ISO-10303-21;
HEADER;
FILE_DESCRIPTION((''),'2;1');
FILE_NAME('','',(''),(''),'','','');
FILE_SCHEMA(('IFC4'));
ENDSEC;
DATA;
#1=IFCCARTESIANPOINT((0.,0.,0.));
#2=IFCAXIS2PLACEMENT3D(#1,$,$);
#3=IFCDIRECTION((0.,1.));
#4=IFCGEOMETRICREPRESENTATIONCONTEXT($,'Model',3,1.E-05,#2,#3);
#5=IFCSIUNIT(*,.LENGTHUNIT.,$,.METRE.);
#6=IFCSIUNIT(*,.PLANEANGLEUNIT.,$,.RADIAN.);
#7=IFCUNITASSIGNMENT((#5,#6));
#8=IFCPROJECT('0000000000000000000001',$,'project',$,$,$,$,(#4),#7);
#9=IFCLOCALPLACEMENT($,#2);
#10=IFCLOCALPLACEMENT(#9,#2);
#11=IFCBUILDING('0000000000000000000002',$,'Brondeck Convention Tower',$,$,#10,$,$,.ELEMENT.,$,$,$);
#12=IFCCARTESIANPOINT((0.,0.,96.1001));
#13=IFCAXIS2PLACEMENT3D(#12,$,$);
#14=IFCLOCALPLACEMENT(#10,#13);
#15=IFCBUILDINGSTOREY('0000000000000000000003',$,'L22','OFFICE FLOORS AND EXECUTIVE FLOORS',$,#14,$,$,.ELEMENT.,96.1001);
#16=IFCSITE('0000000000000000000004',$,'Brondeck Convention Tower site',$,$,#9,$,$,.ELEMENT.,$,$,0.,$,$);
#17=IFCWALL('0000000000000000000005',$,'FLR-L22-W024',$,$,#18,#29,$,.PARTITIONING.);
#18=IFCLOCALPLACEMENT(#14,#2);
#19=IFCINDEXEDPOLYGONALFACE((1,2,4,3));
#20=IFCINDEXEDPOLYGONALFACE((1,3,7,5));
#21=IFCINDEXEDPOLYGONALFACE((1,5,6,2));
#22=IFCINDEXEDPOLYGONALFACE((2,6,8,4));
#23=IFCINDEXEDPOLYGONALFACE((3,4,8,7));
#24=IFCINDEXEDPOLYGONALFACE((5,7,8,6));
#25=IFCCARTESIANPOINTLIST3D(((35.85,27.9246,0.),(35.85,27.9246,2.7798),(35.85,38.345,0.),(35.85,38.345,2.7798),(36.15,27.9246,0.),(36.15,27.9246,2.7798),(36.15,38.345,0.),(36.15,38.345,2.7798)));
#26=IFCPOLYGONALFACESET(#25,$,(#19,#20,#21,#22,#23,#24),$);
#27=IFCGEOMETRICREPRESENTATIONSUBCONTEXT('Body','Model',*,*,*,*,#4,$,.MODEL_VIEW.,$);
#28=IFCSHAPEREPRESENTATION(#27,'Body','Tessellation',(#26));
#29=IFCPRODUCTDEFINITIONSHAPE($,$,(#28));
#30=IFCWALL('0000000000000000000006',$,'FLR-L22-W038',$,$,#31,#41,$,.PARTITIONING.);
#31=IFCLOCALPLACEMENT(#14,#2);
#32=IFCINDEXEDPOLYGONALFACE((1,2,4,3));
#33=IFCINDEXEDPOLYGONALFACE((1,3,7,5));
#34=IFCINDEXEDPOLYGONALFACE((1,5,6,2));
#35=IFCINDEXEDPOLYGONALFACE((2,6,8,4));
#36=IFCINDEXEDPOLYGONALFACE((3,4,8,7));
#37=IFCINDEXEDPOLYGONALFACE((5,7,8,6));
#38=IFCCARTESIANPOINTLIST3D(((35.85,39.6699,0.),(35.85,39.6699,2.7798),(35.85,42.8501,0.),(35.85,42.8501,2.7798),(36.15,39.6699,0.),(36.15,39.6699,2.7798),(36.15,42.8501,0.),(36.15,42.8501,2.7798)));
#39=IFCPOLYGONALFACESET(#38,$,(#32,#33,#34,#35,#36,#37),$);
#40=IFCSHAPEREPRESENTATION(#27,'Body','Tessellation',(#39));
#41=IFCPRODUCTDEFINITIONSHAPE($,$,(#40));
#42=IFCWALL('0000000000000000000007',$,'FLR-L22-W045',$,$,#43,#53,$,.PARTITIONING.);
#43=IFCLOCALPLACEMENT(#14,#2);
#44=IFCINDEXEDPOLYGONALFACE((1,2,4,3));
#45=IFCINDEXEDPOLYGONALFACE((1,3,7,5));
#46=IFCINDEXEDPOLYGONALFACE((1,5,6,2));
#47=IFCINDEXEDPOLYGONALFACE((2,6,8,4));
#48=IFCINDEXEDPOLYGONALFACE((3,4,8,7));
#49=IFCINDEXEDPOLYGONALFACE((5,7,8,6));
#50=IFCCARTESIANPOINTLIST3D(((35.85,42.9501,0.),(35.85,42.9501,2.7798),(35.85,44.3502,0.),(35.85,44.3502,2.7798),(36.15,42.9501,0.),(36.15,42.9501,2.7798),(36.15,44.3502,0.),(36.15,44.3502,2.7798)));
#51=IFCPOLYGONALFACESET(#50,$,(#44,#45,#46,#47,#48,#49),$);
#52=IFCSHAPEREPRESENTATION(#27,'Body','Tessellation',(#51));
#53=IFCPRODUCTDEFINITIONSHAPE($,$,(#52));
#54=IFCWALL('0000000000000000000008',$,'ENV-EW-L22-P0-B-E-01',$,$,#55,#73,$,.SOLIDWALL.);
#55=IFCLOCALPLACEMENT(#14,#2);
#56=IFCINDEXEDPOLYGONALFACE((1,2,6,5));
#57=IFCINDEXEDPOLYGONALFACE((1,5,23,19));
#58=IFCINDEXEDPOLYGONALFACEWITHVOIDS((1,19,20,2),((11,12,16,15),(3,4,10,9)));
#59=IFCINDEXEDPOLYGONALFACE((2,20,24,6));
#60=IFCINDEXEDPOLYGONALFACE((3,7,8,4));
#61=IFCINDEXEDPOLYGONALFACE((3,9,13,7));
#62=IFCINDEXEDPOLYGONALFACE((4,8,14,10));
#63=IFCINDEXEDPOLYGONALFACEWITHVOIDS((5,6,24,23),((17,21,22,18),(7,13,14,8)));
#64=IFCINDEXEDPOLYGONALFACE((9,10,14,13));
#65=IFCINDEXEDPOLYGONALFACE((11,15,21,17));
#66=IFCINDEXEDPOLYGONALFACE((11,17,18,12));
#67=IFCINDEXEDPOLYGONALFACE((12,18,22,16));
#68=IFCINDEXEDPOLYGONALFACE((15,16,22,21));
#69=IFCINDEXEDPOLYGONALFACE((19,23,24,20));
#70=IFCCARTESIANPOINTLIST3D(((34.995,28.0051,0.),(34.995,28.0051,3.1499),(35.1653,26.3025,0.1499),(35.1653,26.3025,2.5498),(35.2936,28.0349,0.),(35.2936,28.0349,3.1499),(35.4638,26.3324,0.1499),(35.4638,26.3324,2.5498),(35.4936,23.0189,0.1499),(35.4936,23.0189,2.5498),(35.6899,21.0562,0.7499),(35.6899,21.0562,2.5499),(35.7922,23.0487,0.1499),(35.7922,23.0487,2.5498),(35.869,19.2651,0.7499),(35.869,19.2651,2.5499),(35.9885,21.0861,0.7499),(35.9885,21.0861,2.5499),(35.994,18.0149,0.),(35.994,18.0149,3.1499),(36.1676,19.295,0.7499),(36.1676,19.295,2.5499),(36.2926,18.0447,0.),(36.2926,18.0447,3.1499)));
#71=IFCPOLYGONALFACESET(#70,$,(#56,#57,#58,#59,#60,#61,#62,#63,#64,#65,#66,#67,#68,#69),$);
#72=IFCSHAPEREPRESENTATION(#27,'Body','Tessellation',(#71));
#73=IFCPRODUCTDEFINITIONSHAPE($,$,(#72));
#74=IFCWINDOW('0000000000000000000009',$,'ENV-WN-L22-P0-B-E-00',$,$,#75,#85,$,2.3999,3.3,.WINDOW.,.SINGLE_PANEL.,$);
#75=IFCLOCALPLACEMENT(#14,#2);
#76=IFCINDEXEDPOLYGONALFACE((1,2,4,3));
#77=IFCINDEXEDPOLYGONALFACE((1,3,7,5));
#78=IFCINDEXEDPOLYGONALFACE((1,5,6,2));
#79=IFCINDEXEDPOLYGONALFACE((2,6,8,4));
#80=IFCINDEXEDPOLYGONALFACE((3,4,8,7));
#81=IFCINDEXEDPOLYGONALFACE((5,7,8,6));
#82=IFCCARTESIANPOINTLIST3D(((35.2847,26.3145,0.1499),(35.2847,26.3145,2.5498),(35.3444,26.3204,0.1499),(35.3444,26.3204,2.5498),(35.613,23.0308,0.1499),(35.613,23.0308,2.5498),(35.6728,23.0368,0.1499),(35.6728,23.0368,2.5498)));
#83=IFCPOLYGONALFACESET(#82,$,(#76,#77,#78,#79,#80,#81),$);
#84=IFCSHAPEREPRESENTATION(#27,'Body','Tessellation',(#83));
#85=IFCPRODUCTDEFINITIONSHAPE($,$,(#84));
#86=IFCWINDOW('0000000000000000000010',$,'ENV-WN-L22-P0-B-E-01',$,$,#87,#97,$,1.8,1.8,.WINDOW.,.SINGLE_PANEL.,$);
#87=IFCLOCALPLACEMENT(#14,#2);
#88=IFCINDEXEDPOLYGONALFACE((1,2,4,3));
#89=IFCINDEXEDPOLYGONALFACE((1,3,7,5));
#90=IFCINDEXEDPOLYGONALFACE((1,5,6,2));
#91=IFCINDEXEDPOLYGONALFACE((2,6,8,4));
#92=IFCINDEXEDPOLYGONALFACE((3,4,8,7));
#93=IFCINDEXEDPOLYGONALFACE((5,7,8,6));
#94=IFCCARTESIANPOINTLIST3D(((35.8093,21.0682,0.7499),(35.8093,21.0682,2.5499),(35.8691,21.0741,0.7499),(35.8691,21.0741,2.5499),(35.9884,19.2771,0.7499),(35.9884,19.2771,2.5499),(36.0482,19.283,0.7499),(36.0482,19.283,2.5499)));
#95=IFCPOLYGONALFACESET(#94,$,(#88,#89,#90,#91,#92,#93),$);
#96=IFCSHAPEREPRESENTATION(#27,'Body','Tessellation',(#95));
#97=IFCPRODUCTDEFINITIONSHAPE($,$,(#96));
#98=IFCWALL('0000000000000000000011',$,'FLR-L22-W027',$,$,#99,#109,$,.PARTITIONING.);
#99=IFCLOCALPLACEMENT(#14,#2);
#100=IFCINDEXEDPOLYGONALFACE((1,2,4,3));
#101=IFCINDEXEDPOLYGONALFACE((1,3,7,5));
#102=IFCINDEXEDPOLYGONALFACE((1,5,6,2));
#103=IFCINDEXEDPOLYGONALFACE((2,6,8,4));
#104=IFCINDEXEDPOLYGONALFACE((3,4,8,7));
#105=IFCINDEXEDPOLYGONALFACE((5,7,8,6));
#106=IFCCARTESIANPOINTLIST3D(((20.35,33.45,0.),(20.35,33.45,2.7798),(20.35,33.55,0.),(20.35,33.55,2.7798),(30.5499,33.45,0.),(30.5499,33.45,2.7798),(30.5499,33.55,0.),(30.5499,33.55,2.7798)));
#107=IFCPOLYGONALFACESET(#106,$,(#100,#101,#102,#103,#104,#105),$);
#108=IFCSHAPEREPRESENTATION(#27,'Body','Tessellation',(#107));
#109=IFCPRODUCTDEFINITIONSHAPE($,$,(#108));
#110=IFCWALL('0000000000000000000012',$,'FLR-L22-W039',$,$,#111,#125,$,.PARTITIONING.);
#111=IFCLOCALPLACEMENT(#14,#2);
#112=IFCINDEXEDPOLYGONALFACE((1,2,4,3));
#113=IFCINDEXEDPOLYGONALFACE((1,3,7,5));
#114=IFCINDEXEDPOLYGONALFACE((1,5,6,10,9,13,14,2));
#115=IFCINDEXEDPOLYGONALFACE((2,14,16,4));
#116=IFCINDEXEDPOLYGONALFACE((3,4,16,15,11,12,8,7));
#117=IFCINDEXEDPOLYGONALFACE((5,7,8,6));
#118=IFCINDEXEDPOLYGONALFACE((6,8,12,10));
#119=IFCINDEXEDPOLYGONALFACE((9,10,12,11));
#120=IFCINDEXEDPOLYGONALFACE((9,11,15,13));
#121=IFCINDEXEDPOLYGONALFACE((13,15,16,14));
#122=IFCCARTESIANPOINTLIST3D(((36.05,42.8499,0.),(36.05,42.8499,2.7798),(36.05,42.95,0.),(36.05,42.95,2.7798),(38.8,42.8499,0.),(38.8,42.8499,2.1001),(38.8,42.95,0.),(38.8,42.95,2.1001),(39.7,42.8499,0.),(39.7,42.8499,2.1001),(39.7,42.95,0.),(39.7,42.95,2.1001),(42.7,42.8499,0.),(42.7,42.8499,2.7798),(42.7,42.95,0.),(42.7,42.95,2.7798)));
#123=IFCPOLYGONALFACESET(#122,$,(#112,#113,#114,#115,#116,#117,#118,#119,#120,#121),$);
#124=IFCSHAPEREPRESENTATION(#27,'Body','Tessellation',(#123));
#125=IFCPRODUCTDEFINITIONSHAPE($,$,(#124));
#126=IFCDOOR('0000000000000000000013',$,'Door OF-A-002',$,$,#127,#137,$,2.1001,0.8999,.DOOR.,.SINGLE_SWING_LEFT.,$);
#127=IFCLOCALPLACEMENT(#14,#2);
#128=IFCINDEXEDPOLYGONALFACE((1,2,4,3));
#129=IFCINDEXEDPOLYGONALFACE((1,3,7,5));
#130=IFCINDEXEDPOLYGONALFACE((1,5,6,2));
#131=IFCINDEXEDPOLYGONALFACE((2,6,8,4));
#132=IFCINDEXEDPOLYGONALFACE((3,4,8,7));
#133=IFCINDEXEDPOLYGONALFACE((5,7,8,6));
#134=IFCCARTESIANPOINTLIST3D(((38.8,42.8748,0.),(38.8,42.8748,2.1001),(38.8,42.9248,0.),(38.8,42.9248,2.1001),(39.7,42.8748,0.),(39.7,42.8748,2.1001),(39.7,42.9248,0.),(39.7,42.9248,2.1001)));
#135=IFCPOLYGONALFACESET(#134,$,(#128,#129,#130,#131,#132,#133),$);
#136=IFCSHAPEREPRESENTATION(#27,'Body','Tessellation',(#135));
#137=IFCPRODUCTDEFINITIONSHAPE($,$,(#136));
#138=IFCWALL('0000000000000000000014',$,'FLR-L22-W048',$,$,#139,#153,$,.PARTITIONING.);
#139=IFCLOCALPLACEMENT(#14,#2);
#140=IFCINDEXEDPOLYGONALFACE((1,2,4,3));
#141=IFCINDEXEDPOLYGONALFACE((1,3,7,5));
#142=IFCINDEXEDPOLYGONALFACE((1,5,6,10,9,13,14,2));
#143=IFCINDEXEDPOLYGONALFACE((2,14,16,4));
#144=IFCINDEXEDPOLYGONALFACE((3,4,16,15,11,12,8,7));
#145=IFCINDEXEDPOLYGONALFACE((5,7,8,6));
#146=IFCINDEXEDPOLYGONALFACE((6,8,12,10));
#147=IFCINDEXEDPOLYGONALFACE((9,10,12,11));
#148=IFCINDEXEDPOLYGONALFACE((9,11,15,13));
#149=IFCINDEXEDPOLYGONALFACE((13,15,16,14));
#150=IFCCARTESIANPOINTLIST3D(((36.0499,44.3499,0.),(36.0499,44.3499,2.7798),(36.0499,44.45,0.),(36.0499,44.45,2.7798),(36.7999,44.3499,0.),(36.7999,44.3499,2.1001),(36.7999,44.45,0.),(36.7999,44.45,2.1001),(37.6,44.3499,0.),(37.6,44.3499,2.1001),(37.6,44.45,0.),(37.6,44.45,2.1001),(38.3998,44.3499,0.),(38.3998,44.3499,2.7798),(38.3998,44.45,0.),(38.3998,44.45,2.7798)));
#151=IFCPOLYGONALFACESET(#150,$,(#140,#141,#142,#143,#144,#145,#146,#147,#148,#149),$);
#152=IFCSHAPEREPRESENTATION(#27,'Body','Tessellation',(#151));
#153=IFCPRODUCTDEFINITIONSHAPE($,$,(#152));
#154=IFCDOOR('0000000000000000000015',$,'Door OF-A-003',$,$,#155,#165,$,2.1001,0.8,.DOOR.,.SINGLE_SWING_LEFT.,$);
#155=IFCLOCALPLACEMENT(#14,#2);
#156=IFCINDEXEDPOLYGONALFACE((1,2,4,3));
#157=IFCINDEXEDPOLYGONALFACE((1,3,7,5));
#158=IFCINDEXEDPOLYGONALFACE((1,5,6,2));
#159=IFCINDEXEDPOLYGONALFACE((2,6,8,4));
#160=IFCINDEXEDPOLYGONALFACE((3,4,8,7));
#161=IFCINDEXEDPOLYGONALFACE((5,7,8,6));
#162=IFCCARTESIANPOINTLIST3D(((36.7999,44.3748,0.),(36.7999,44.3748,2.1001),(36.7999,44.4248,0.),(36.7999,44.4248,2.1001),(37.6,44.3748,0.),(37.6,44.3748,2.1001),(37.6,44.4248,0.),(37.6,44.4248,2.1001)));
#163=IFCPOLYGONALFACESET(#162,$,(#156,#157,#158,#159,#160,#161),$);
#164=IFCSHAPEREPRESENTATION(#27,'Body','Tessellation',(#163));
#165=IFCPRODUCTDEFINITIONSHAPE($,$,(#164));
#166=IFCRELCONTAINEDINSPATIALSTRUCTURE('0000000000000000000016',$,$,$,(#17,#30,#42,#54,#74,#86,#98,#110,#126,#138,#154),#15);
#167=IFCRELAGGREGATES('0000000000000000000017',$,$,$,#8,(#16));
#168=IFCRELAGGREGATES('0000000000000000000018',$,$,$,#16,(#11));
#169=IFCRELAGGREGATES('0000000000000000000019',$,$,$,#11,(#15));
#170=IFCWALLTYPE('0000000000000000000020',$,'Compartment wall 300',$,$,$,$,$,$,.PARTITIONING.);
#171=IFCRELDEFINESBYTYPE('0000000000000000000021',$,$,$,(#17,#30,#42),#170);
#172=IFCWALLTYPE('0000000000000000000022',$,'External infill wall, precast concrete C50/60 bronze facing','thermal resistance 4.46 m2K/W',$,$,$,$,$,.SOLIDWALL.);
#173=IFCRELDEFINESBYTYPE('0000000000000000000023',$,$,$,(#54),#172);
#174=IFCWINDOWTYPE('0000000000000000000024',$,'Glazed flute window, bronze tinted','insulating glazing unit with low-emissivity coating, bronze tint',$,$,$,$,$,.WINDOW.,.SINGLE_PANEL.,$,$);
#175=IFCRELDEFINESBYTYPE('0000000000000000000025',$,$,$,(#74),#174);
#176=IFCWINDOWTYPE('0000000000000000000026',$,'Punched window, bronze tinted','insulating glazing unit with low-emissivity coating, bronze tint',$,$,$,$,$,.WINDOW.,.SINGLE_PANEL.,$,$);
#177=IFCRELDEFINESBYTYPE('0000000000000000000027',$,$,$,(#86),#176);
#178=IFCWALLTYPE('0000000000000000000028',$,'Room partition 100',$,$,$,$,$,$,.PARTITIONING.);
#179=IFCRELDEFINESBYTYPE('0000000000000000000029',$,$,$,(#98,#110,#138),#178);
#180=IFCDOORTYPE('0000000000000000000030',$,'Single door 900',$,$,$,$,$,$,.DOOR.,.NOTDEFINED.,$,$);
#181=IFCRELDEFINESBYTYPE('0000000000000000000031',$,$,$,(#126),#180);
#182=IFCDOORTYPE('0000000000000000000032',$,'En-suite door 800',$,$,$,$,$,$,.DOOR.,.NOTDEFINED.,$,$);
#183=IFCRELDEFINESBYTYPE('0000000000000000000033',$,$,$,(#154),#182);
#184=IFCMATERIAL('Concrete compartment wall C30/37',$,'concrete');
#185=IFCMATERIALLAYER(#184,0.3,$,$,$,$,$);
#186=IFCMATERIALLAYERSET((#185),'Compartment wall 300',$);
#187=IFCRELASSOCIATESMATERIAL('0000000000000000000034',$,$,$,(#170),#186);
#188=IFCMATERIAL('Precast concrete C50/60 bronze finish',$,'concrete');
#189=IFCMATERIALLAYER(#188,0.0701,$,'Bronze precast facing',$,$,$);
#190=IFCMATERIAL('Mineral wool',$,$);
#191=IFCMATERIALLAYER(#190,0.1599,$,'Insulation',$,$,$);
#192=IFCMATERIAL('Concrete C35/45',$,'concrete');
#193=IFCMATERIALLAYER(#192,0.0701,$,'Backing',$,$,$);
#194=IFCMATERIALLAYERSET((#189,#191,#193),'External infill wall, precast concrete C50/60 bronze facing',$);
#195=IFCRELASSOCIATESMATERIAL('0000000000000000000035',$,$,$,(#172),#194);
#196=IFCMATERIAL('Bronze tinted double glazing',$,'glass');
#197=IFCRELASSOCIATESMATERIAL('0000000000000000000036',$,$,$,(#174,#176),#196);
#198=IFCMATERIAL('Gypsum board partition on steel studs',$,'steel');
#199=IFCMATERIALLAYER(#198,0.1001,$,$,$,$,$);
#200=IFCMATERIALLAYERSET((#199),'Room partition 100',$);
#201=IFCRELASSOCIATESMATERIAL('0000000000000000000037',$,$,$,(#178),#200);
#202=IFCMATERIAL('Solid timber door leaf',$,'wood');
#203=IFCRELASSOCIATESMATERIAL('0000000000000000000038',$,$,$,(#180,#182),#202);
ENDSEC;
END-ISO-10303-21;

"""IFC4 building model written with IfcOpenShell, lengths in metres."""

from ifc_helpers import new_model, si_unit, direction, frame, frame_2d, origin, place, context, subcontext, project, spatial, rectangle, extrude, material, layer, layer_set, type_object, element, fill, save


model = new_model("IFC4")

# Units and contexts
model_context = context("Model", 3, precision=1e-05, world=origin(), true_north=direction((0.0, 1.0)))
body_context = subcontext(model_context, "Body", "Model", "MODEL_VIEW")
ifc_project = project(units=[si_unit("LENGTHUNIT", "METRE"), si_unit("PLANEANGLEUNIT", "RADIAN")], contexts=[model_context])

# Site, building, storey
site_placement = place(None, origin())
site = spatial("IfcSite", under=ifc_project, at=site_placement, Name="Brondeck Convention Tower site", CompositionType="ELEMENT", RefElevation=0.0)
building_placement = place(site_placement, origin())
building = spatial("IfcBuilding", under=site, at=building_placement, Name="Brondeck Convention Tower", CompositionType="ELEMENT")
storey_placement = place(building_placement, frame((0.0, 0.0, 96.1001)))
storey = spatial("IfcBuildingStorey", under=building, at=storey_placement, Name="L22", Description="OFFICE FLOORS AND EXECUTIVE FLOORS", CompositionType="ELEMENT", Elevation=96.1001)

# Walls
ifc_material_1 = material(Name="Concrete compartment wall C30/37", Category="concrete")
ifc_layer_1 = layer(ifc_material_1, 0.3)
ifc_layer_set_1 = layer_set([ifc_layer_1], Name="Compartment wall 300")
wall_type_1 = type_object("IfcWallType", Name="Compartment wall 300", PredefinedType="PARTITIONING", material=ifc_layer_set_1)
for number, where, z_axis, x_axis, name in (
    (1, (36.0, 27.9246, 0.0), (0.0, 0.0, 1.0), (0.0, 1.0, 0.0), "FLR-L22-W024"),
):
    element("IfcWall", number, at=place(storey_placement, frame(where, z_axis=z_axis, x_axis=x_axis)), inside=storey, type_object=wall_type_1, Name=name, PredefinedType="PARTITIONING", context=body_context, shape_type="SweptSolid", body=[
        extrude(rectangle(XDim=10.4204, YDim=0.3, at=frame_2d((5.2102, 0.0))), origin(), (0.0, 0.0, 1.0), 2.7798),
    ])
wall_1_placement = place(storey_placement, frame((36.0, 39.6699, 0.0), z_axis=(0.0, 0.0, 1.0), x_axis=(0.0, 1.0, 0.0)))
element("IfcWall", 2, at=wall_1_placement, inside=storey, type_object=wall_type_1, Name="FLR-L22-W038", PredefinedType="PARTITIONING", context=body_context, shape_type="SweptSolid", body=[
    extrude(rectangle(XDim=3.1802, YDim=0.3, at=frame_2d((1.5901, 0.0))), origin(), (0.0, 0.0, 1.0), 2.7798),
])
wall_2_placement = place(storey_placement, frame((36.0, 42.95, 0.0), z_axis=(0.0, 0.0, 1.0), x_axis=(0.0, 1.0, 0.0)))
element("IfcWall", 3, at=wall_2_placement, inside=storey, type_object=wall_type_1, Name="FLR-L22-W045", PredefinedType="PARTITIONING", context=body_context, shape_type="SweptSolid", body=[
    extrude(rectangle(XDim=1.4001, YDim=0.3, at=frame_2d((0.7002, 0.0))), origin(), (0.0, 0.0, 1.0), 2.7798),
])

# Wall, openings, windows
ifc_material_2 = material(Name="Precast concrete C50/60 bronze finish", Category="concrete")
ifc_layer_2 = layer(ifc_material_2, 0.0701, Name="Bronze precast facing")
ifc_material_3 = material(Name="Mineral wool")
ifc_layer_3 = layer(ifc_material_3, 0.1599, Name="Insulation")
ifc_material_4 = material(Name="Concrete C35/45", Category="concrete")
ifc_layer_4 = layer(ifc_material_4, 0.0701, Name="Backing")
ifc_layer_set_2 = layer_set([ifc_layer_2, ifc_layer_3, ifc_layer_4], Name="External infill wall, precast concrete C50/60 bronze facing")
wall_type_2 = type_object("IfcWallType", Name="External infill wall, precast concrete C50/60 bronze facing", Description="thermal resistance 4.46 m2K/W", PredefinedType="SOLIDWALL", material=ifc_layer_set_2)
wall_3_placement = place(storey_placement, frame((35.1443, 28.02, 0.0), z_axis=(0.0, 0.0, 1.0), x_axis=(0.099504, -0.995037, 0.0)))
wall_3 = element("IfcWall", 4, at=wall_3_placement, inside=storey, type_object=wall_type_2, Name="ENV-EW-L22-P0-B-E-01", PredefinedType="SOLIDWALL", context=body_context, shape_type="SweptSolid", body=[
    extrude(rectangle(XDim=10.04, YDim=0.3, at=frame_2d((5.02, 0.0))), origin(), (0.0, 0.0, 1.0), 3.1499),
])
opening_1_placement = place(wall_3_placement, frame((1.7112, 0.0, 0.1499)))
opening_1 = element("IfcOpeningElement", 5, at=opening_1_placement, cuts=wall_3, PredefinedType="OPENING", context=body_context, shape_type="SweptSolid", body=[
    extrude(rectangle(XDim=3.3, YDim=2.3999, at=frame_2d((1.6499, 1.2))), frame((0.0, 0.1599, 0.0), z_axis=(0.0, -1.0, 0.0), x_axis=(1.0, 0.0, 0.0)), (0.0, 0.0, 1.0), 0.3201),
])
opening_2_placement = place(wall_3_placement, frame((6.9836, 0.0, 0.75)))
opening_2 = element("IfcOpeningElement", 6, at=opening_2_placement, cuts=wall_3, PredefinedType="OPENING", context=body_context, shape_type="SweptSolid", body=[
    extrude(rectangle(XDim=1.8, YDim=1.8, at=frame_2d((0.8999, 0.8999))), frame((0.0, 0.1599, 0.0), z_axis=(0.0, -1.0, 0.0), x_axis=(1.0, 0.0, 0.0)), (0.0, 0.0, 1.0), 0.3201),
])
ifc_material_5 = material(Name="Bronze tinted double glazing", Category="glass")
window_type_1 = type_object("IfcWindowType", Name="Glazed flute window, bronze tinted", Description="insulating glazing unit with low-emissivity coating, bronze tint", PartitioningType="SINGLE_PANEL", PredefinedType="WINDOW", material=ifc_material_5)
window_1_placement = place(opening_1_placement, origin())
window_1 = element("IfcWindow", 7, at=window_1_placement, inside=storey, type_object=window_type_1, Name="ENV-WN-L22-P0-B-E-00", OverallHeight=2.3999, OverallWidth=3.3, PartitioningType="SINGLE_PANEL", PredefinedType="WINDOW", context=body_context, shape_type="SweptSolid", body=[
    extrude(rectangle(XDim=3.3, YDim=2.3999, at=frame_2d((1.6499, 1.2))), frame((0.0, 0.03, 0.0), z_axis=(0.0, -1.0, 0.0), x_axis=(1.0, 0.0, 0.0)), (0.0, 0.0, 1.0), 0.0601),
])
fill(opening_1, window_1)
window_type_2 = type_object("IfcWindowType", Name="Punched window, bronze tinted", Description="insulating glazing unit with low-emissivity coating, bronze tint", PartitioningType="SINGLE_PANEL", PredefinedType="WINDOW", material=ifc_material_5)
window_2_placement = place(opening_2_placement, origin())
window_2 = element("IfcWindow", 8, at=window_2_placement, inside=storey, type_object=window_type_2, Name="ENV-WN-L22-P0-B-E-01", OverallHeight=1.8, OverallWidth=1.8, PartitioningType="SINGLE_PANEL", PredefinedType="WINDOW", context=body_context, shape_type="SweptSolid", body=[
    extrude(rectangle(XDim=1.8, YDim=1.8, at=frame_2d((0.8999, 0.8999))), frame((0.0, 0.03, 0.0), z_axis=(0.0, -1.0, 0.0), x_axis=(1.0, 0.0, 0.0)), (0.0, 0.0, 1.0), 0.0601),
])
fill(opening_2, window_2)

# Wall
ifc_material_6 = material(Name="Gypsum board partition on steel studs", Category="steel")
ifc_layer_5 = layer(ifc_material_6, 0.1001)
ifc_layer_set_3 = layer_set([ifc_layer_5], Name="Room partition 100")
wall_type_3 = type_object("IfcWallType", Name="Room partition 100", PredefinedType="PARTITIONING", material=ifc_layer_set_3)
wall_4_placement = place(storey_placement, frame((30.55, 33.5, 0.0), z_axis=(0.0, 0.0, 1.0), x_axis=(-1.0, 0.0, 0.0)))
element("IfcWall", 9, at=wall_4_placement, inside=storey, type_object=wall_type_3, Name="FLR-L22-W027", PredefinedType="PARTITIONING", context=body_context, shape_type="SweptSolid", body=[
    extrude(rectangle(XDim=10.2, YDim=0.1001, at=frame_2d((5.1001, 0.0))), origin(), (0.0, 0.0, 1.0), 2.7798),
])

# Walls, openings, doors
wall_5_placement = place(storey_placement, frame((36.05, 42.8999, 0.0), z_axis=(0.0, 0.0, 1.0), x_axis=(1.0, 0.0, 0.0)))
wall_5 = element("IfcWall", 10, at=wall_5_placement, inside=storey, type_object=wall_type_3, Name="FLR-L22-W039", PredefinedType="PARTITIONING", context=body_context, shape_type="SweptSolid", body=[
    extrude(rectangle(XDim=6.6499, YDim=0.1001, at=frame_2d((3.325, 0.0))), origin(), (0.0, 0.0, 1.0), 2.7798),
])
opening_3_placement = place(wall_5_placement, frame((2.75, 0.0, 0.0)))
opening_3 = element("IfcOpeningElement", 11, at=opening_3_placement, cuts=wall_5, PredefinedType="OPENING", context=body_context, shape_type="SweptSolid", body=[
    extrude(rectangle(XDim=0.8999, YDim=2.1001, at=frame_2d((0.45, 1.05))), frame((0.0, 0.0601, 0.0), z_axis=(0.0, -1.0, 0.0), x_axis=(1.0, 0.0, 0.0)), (0.0, 0.0, 1.0), 0.1201),
])
ifc_material_7 = material(Name="Solid timber door leaf", Category="wood")
door_type_1 = type_object("IfcDoorType", Name="Single door 900", OperationType="NOTDEFINED", PredefinedType="DOOR", material=ifc_material_7)
door_1_placement = place(opening_3_placement, origin())
door_1 = element("IfcDoor", 12, at=door_1_placement, inside=storey, type_object=door_type_1, Name="Door OF-A-002", OperationType="SINGLE_SWING_LEFT", OverallHeight=2.1001, OverallWidth=0.8999, PredefinedType="DOOR", context=body_context, shape_type="SweptSolid", body=[
    extrude(rectangle(XDim=0.8999, YDim=2.1001, at=frame_2d((0.45, 1.05))), frame((0.0, 0.0249, 0.0), z_axis=(0.0, -1.0, 0.0), x_axis=(1.0, 0.0, 0.0)), (0.0, 0.0, 1.0), 0.05),
])
fill(opening_3, door_1)
wall_6_placement = place(storey_placement, frame((36.05, 44.3999, 0.0), z_axis=(0.0, 0.0, 1.0), x_axis=(1.0, 0.0, 0.0)))
wall_6 = element("IfcWall", 13, at=wall_6_placement, inside=storey, type_object=wall_type_3, Name="FLR-L22-W048", PredefinedType="PARTITIONING", context=body_context, shape_type="SweptSolid", body=[
    extrude(rectangle(XDim=2.3499, YDim=0.1001, at=frame_2d((1.1748, 0.0))), origin(), (0.0, 0.0, 1.0), 2.7798),
])
opening_4_placement = place(wall_6_placement, frame((0.75, 0.0, 0.0)))
opening_4 = element("IfcOpeningElement", 14, at=opening_4_placement, cuts=wall_6, PredefinedType="OPENING", context=body_context, shape_type="SweptSolid", body=[
    extrude(rectangle(XDim=0.8, YDim=2.1001, at=frame_2d((0.3999, 1.05))), frame((0.0, 0.0601, 0.0), z_axis=(0.0, -1.0, 0.0), x_axis=(1.0, 0.0, 0.0)), (0.0, 0.0, 1.0), 0.1201),
])
door_type_2 = type_object("IfcDoorType", Name="En-suite door 800", OperationType="NOTDEFINED", PredefinedType="DOOR", material=ifc_material_7)
door_2_placement = place(opening_4_placement, origin())
door_2 = element("IfcDoor", 15, at=door_2_placement, inside=storey, type_object=door_type_2, Name="Door OF-A-003", OperationType="SINGLE_SWING_LEFT", OverallHeight=2.1001, OverallWidth=0.8, PredefinedType="DOOR", context=body_context, shape_type="SweptSolid", body=[
    extrude(rectangle(XDim=0.8, YDim=2.1001, at=frame_2d((0.3999, 1.05))), frame((0.0, 0.0249, 0.0), z_axis=(0.0, -1.0, 0.0), x_axis=(1.0, 0.0, 0.0)), (0.0, 0.0, 1.0), 0.05),
])
fill(opening_4, door_2)

save(model, "model.ifc")
